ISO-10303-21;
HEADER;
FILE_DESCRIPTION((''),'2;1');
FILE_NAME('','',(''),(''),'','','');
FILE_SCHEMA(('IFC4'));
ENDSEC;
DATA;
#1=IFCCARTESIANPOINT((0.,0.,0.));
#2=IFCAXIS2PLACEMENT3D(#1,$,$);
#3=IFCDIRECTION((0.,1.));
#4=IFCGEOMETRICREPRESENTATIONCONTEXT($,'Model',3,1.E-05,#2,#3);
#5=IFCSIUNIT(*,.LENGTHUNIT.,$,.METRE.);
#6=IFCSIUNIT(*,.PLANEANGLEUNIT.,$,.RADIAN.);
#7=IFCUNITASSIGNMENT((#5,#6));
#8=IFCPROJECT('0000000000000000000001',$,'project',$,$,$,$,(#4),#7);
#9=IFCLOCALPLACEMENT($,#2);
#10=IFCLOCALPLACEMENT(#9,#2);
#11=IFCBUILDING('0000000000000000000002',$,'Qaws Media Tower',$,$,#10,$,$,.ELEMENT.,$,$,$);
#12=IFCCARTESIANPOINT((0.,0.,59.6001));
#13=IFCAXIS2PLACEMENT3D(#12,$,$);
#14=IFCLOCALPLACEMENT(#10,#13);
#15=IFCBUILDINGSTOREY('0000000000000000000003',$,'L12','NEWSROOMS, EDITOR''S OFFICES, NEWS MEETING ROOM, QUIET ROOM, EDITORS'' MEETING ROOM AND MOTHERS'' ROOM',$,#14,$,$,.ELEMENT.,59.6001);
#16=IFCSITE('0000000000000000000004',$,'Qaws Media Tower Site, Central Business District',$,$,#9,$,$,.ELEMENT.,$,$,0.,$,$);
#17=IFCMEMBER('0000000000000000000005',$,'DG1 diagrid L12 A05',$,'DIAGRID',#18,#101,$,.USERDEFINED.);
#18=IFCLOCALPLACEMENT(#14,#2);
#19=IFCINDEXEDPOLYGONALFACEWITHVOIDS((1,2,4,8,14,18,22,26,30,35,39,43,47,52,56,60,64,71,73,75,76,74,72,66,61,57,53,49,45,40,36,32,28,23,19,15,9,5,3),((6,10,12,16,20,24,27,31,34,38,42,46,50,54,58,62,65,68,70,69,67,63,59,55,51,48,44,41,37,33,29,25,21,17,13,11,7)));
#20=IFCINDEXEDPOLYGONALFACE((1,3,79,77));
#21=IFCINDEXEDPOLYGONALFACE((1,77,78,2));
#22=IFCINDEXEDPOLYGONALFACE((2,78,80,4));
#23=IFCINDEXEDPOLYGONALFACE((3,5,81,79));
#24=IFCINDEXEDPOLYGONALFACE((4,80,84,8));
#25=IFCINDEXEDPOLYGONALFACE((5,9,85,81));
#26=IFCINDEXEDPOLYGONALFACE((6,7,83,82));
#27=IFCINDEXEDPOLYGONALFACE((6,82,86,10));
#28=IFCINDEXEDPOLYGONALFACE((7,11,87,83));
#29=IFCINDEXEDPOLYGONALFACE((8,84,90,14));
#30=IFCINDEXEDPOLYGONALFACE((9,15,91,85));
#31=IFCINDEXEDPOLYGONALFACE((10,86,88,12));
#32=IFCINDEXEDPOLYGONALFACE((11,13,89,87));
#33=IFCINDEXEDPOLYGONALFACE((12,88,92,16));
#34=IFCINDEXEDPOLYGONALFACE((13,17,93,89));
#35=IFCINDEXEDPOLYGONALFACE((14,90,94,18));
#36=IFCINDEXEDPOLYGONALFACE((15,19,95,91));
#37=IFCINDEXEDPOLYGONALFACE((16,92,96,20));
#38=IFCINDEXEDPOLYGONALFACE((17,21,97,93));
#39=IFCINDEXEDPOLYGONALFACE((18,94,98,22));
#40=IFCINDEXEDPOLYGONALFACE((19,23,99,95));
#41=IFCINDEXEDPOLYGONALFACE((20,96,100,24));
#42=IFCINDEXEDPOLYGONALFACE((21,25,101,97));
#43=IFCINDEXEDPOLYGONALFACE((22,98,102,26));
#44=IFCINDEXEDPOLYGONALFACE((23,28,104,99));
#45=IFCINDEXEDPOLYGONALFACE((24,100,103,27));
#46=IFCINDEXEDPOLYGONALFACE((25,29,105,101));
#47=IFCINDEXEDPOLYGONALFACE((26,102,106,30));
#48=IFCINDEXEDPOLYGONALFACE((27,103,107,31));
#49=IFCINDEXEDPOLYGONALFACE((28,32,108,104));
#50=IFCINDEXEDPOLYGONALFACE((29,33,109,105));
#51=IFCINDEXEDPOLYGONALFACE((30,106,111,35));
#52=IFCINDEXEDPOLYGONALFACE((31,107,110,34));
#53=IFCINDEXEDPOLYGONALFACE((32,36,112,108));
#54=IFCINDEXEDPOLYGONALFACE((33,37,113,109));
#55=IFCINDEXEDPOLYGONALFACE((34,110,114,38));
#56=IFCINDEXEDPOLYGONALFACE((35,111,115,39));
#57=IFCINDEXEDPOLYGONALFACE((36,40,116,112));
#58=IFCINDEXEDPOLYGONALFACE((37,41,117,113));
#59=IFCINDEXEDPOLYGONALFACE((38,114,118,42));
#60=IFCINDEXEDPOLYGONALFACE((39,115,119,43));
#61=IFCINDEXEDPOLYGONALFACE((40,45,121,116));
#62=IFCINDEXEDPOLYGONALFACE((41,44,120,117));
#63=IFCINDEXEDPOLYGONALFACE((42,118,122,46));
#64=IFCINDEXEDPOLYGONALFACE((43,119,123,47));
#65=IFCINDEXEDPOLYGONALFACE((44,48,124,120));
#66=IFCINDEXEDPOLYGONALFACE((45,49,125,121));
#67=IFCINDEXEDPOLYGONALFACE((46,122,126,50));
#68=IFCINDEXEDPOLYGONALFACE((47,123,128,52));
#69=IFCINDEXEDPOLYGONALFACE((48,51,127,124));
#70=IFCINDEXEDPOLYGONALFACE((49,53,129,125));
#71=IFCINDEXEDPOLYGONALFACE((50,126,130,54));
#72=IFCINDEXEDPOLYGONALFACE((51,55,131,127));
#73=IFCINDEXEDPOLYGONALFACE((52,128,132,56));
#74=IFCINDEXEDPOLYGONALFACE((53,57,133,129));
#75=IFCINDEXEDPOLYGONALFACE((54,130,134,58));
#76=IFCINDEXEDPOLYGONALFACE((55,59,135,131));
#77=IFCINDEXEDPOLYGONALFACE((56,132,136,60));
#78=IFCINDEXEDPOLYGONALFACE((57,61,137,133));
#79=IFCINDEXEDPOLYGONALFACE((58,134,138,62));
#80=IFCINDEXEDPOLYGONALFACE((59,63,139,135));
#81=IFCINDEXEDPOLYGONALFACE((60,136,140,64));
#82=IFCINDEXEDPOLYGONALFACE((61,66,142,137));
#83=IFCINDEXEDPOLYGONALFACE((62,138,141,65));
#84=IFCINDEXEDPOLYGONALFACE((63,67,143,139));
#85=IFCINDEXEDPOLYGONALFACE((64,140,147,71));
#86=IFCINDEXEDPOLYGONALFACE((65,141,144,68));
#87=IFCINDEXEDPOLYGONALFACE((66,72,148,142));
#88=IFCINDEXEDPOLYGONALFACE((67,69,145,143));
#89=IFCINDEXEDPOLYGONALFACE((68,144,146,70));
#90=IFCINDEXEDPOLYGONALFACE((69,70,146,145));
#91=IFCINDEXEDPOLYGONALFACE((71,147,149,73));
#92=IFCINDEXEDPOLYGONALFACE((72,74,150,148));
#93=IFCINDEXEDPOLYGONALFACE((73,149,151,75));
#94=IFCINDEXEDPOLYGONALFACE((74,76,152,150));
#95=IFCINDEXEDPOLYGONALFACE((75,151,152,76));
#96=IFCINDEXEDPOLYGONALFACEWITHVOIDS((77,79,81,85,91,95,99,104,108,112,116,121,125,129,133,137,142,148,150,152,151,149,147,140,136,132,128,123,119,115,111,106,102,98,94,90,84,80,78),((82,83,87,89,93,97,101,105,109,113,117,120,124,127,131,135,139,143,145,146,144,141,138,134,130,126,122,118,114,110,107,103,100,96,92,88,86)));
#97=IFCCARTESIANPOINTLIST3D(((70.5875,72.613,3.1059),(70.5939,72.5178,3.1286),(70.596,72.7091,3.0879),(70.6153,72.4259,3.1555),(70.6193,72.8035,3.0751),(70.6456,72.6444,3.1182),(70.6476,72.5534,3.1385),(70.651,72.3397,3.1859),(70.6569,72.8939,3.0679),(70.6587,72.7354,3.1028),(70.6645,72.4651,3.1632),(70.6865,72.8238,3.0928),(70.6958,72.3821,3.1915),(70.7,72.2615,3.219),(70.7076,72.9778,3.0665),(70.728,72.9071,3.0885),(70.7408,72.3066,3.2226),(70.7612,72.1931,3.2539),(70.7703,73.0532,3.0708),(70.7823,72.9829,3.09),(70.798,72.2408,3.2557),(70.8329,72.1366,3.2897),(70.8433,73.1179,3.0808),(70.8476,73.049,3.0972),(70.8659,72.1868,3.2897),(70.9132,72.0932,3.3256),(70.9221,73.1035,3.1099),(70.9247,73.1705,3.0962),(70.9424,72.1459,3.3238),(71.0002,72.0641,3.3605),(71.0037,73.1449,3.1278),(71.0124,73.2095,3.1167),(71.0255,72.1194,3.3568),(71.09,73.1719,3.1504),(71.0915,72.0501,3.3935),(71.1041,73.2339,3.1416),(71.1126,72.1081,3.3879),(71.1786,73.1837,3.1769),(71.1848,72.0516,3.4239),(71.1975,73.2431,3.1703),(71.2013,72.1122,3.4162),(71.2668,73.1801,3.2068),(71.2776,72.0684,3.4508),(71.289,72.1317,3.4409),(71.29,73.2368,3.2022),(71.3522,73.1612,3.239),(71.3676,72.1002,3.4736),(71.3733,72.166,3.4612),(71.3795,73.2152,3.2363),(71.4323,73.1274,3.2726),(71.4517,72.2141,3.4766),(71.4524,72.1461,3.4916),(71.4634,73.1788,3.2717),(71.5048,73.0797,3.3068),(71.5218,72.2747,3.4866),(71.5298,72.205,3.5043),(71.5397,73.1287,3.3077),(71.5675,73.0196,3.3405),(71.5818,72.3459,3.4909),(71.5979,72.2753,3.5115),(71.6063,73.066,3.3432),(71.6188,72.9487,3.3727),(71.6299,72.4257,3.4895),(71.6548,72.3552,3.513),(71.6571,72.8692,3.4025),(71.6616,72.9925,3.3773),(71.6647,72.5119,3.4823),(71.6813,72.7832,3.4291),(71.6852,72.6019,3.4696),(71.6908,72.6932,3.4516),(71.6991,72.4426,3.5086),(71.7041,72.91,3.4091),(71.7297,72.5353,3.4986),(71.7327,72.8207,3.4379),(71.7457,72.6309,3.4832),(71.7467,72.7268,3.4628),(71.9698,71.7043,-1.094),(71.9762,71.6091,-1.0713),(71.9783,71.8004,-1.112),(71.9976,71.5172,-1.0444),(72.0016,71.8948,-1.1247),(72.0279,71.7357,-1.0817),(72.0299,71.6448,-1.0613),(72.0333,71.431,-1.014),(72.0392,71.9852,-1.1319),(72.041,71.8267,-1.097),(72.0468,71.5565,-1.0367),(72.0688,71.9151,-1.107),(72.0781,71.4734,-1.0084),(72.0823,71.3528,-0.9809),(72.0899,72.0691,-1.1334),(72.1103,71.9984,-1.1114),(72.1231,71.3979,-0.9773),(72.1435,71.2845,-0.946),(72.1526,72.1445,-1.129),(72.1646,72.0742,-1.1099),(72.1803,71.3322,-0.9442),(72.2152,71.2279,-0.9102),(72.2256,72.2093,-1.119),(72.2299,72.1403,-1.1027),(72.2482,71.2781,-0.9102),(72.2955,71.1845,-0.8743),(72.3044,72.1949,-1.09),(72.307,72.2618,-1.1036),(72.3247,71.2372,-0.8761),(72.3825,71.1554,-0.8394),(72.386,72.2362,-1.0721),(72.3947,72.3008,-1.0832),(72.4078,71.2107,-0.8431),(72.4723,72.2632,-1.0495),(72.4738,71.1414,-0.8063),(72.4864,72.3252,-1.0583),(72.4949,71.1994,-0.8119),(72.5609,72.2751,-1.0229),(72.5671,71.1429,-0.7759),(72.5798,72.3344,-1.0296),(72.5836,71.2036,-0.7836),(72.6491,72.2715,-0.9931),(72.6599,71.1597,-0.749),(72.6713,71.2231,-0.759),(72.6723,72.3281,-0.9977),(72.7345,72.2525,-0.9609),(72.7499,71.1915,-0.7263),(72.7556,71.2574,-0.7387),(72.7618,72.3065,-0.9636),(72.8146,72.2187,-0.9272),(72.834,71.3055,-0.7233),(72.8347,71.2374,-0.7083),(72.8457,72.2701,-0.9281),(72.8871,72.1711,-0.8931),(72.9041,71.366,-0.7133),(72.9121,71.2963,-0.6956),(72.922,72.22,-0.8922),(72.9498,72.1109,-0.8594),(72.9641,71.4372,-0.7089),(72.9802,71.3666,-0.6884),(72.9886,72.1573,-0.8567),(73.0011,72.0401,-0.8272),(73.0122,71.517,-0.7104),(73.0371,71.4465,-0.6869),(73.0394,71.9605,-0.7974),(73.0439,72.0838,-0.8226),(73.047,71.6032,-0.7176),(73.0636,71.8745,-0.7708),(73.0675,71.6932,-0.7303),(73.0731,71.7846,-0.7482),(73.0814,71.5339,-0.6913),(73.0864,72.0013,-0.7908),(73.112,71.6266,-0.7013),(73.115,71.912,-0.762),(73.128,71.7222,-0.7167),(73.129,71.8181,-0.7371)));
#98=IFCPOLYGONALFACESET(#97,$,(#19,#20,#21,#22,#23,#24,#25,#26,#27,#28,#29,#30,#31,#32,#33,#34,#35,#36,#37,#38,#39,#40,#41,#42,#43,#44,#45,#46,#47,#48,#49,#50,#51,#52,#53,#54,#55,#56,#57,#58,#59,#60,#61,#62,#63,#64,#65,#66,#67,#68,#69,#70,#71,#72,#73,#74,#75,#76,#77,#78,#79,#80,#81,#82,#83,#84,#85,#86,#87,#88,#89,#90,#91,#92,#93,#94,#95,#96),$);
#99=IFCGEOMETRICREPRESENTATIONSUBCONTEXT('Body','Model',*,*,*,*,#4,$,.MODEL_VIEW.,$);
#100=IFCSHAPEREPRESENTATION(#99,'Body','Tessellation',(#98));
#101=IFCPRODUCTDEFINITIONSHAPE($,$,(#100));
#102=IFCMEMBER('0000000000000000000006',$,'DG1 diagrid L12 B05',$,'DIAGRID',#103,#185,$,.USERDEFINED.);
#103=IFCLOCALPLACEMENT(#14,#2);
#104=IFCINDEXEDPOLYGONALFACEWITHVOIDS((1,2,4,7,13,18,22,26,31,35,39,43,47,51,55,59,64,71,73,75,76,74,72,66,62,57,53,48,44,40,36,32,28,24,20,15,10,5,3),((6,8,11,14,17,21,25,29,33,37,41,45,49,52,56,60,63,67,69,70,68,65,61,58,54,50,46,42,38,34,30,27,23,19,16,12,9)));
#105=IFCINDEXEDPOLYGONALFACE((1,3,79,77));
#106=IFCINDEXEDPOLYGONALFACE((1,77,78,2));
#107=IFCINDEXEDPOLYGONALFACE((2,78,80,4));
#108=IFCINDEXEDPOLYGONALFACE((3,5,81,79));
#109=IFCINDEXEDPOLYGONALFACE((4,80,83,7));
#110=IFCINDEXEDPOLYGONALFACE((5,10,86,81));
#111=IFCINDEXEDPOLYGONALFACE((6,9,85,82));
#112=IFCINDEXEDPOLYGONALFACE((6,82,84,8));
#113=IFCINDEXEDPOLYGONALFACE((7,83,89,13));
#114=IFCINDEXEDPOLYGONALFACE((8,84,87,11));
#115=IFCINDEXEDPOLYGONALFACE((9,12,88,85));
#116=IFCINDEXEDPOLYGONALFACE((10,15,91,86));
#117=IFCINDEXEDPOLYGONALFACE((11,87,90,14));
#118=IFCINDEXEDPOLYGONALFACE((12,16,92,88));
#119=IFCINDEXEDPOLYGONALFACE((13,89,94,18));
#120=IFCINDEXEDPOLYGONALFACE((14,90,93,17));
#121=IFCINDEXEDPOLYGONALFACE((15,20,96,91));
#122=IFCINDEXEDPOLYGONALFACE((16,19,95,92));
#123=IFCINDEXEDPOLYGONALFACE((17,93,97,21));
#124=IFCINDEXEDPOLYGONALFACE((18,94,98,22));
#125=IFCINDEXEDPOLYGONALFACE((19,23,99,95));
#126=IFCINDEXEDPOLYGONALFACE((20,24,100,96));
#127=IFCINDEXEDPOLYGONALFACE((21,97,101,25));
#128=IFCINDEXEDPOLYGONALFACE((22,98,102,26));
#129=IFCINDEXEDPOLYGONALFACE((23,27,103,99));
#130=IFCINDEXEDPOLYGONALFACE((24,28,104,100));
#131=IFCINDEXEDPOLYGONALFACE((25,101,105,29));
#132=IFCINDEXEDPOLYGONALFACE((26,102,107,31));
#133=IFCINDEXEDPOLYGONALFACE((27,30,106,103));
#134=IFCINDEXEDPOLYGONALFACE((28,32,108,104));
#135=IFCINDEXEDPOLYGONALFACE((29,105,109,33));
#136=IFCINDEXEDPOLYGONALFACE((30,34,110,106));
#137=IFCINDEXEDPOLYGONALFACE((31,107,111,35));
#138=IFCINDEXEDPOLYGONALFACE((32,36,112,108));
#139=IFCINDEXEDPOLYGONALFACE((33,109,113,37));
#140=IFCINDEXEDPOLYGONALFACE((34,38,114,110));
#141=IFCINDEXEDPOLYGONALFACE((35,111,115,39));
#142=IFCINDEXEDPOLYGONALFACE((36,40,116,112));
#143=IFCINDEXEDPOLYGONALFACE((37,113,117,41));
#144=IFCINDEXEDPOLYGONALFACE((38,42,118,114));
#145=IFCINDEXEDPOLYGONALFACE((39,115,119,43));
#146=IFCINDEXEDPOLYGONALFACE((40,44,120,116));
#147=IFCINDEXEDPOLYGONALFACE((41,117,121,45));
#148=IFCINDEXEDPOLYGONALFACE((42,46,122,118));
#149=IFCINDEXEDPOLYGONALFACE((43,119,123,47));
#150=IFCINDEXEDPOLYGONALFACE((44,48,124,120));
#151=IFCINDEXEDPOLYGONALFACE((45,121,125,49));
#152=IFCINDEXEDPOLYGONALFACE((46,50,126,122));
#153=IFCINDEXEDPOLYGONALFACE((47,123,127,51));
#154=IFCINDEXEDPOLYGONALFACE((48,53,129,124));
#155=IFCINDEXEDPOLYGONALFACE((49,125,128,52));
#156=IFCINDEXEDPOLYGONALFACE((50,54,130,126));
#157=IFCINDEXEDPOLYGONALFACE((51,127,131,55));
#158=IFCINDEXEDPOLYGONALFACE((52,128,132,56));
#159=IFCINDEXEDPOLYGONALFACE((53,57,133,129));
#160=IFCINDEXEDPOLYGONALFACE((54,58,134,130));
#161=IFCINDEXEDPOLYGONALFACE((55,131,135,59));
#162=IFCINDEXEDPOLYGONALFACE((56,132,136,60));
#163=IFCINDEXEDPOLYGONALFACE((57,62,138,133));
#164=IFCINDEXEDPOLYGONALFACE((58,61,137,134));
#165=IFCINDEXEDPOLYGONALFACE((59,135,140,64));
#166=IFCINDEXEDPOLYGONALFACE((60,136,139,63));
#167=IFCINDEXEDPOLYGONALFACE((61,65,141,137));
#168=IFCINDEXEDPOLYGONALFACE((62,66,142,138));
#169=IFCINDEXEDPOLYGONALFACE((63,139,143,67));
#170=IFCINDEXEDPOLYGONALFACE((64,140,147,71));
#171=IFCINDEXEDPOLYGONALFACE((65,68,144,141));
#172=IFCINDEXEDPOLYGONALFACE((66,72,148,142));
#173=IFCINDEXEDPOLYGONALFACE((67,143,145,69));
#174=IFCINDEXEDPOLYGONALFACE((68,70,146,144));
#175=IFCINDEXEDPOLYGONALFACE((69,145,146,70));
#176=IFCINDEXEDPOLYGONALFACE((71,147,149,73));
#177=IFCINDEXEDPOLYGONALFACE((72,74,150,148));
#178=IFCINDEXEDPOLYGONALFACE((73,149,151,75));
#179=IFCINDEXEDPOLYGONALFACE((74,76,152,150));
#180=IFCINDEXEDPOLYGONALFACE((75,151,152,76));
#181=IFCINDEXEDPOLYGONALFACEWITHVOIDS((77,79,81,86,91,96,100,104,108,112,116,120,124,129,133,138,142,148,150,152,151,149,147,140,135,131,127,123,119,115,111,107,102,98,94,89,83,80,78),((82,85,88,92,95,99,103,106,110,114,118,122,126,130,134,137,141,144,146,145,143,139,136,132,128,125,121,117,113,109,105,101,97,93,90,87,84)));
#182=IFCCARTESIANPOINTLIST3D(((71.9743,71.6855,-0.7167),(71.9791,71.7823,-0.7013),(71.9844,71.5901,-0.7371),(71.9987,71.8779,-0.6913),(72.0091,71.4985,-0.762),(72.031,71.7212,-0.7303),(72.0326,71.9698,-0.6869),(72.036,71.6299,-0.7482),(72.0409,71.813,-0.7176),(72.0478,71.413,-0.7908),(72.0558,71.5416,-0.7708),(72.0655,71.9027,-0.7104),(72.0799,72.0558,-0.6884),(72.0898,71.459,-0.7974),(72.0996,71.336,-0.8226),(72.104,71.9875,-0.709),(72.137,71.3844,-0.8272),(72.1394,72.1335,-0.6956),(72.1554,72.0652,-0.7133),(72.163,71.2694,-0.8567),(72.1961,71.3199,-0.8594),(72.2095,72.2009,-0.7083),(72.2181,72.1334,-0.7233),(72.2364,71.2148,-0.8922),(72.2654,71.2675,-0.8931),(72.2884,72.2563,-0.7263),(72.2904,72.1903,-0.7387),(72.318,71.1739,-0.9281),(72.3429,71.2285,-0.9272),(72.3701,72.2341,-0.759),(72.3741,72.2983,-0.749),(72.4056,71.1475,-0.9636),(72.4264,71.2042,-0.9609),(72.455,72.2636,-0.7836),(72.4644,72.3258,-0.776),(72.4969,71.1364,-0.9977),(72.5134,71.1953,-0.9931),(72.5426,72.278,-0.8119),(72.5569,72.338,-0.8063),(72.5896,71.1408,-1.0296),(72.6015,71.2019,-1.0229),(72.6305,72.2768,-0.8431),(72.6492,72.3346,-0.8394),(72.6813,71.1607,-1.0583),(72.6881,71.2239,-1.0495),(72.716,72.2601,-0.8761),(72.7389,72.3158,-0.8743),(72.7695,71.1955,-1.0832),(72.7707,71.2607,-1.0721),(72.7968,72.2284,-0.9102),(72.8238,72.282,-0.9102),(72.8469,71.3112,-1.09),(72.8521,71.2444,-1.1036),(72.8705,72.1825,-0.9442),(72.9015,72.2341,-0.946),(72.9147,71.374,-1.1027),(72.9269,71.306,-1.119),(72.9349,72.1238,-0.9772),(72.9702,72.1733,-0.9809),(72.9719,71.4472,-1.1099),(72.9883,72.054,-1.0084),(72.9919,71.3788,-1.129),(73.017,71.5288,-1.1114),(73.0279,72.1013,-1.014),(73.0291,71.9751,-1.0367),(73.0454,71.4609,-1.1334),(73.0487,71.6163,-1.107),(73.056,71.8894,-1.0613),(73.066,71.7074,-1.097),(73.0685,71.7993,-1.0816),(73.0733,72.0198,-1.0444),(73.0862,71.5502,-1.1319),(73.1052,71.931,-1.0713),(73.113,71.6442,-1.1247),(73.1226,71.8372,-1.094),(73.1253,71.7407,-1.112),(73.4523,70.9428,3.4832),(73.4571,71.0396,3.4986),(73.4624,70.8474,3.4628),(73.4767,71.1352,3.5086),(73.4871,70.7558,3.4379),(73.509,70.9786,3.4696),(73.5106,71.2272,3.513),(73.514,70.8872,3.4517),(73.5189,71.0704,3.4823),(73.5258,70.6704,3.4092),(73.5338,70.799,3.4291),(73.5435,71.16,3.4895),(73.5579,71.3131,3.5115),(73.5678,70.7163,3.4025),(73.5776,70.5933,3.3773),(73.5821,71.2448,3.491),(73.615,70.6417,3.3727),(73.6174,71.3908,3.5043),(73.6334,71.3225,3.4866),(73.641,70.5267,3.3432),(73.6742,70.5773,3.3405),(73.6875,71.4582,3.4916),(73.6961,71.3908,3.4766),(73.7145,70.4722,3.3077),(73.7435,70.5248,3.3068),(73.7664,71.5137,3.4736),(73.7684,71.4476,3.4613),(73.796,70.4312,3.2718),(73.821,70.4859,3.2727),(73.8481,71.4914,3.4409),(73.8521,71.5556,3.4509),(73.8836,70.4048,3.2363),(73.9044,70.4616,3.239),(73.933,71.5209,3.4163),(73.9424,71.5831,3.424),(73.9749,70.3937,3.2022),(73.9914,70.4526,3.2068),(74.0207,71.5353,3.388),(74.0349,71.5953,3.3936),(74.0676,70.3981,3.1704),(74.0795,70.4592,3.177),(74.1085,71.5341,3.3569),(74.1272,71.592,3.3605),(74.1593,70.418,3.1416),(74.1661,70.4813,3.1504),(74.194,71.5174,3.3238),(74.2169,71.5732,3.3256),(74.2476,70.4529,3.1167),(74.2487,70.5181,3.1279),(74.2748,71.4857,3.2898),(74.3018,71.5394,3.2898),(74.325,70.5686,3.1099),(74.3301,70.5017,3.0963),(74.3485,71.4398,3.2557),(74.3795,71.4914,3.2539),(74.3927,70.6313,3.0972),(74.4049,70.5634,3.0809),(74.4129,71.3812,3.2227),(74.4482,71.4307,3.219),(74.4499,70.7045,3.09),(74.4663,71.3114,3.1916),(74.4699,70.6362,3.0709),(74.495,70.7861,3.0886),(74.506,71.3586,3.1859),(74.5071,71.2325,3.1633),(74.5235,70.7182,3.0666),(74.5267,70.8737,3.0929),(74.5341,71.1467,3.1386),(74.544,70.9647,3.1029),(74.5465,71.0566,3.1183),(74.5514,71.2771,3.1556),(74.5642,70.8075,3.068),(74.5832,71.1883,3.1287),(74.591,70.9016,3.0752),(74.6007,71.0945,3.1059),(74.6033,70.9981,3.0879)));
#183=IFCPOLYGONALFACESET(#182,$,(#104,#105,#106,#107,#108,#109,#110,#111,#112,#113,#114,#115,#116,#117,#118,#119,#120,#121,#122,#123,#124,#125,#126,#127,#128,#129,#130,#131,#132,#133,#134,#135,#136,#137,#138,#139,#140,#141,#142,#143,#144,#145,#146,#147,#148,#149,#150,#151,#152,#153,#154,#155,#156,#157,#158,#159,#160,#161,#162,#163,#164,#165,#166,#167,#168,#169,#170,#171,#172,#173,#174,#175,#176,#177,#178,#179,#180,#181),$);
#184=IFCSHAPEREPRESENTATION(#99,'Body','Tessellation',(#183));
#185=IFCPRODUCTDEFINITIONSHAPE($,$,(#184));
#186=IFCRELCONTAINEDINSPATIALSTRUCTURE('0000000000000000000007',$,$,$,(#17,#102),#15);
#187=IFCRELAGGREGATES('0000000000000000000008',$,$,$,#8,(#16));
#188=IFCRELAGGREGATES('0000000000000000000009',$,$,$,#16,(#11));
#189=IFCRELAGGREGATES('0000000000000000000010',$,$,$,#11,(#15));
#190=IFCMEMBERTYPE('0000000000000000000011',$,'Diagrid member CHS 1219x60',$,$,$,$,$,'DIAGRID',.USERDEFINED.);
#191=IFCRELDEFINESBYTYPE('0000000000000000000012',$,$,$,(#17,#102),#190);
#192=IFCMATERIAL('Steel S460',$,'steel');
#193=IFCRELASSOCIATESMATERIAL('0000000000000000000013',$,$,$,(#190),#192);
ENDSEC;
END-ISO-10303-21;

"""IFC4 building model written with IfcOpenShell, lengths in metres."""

from ifc_helpers import new_model, si_unit, direction, frame, origin, origin_2d, place, context, subcontext, project, spatial, hollow_circle, extrude, material, material_profile, profile_set, type_object, element, save


model = new_model("IFC4")

# Units and contexts
model_context = context("Model", 3, precision=1e-05, world=origin(), true_north=direction((0.0, 1.0)))
body_context = subcontext(model_context, "Body", "Model", "MODEL_VIEW")
ifc_project = project(units=[si_unit("LENGTHUNIT", "METRE"), si_unit("PLANEANGLEUNIT", "RADIAN")], contexts=[model_context])

# Site, building, storey
site_placement = place(None, origin())
site = spatial("IfcSite", under=ifc_project, at=site_placement, Name="Qaws Media Tower Site, Central Business District", CompositionType="ELEMENT", RefElevation=0.0)
building_placement = place(site_placement, origin())
building = spatial("IfcBuilding", under=site, at=building_placement, Name="Qaws Media Tower", CompositionType="ELEMENT")
storey_placement = place(building_placement, frame((0.0, 0.0, 59.6001)))
storey = spatial("IfcBuildingStorey", under=building, at=storey_placement, Name="L12", Description="NEWSROOMS, EDITOR'S OFFICES, NEWS MEETING ROOM, QUIET ROOM, EDITORS' MEETING ROOM AND MOTHERS' ROOM", CompositionType="ELEMENT", Elevation=59.6001)

# Members
ifc_material_1 = material(Name="Steel S460", Category="steel")
ifc_material_profile_1 = material_profile(ifc_material_1, hollow_circle(Radius=0.6096, WallThickness=0.0601, at=origin_2d()), Name="CHS 1219x60")
ifc_profile_set_1 = profile_set([ifc_material_profile_1], Name="Steel S460")
member_type_1 = type_object("IfcMemberType", Name="Diagrid member CHS 1219x60", ElementType="DIAGRID", PredefinedType="USERDEFINED", material=ifc_profile_set_1)
for number, where, z_axis, x_axis, name in (
    (1, (72.55, 71.7373, -0.9102), (-0.306231, 0.201305, 0.930429), (-0.549307, -0.83562, 0.0), "DG1 diagrid L12 A05"),
    (2, (72.55, 71.7373, -0.9102), (0.327436, -0.164529, 0.930439), (0.448984, 0.89354, 0.0), "DG1 diagrid L12 B05"),
):
    element("IfcMember", number, at=place(storey_placement, frame(where, z_axis=z_axis, x_axis=x_axis)), inside=storey, type_object=member_type_1, Name=name, ObjectType="DIAGRID", PredefinedType="USERDEFINED", context=body_context, shape_type="SweptSolid", body=[
        extrude(hollow_circle(Radius=0.6096, WallThickness=0.0601, at=origin_2d()), origin(), (0.0, 0.0, 1.0), 4.5139),
    ])

save(model, "model.ifc")
